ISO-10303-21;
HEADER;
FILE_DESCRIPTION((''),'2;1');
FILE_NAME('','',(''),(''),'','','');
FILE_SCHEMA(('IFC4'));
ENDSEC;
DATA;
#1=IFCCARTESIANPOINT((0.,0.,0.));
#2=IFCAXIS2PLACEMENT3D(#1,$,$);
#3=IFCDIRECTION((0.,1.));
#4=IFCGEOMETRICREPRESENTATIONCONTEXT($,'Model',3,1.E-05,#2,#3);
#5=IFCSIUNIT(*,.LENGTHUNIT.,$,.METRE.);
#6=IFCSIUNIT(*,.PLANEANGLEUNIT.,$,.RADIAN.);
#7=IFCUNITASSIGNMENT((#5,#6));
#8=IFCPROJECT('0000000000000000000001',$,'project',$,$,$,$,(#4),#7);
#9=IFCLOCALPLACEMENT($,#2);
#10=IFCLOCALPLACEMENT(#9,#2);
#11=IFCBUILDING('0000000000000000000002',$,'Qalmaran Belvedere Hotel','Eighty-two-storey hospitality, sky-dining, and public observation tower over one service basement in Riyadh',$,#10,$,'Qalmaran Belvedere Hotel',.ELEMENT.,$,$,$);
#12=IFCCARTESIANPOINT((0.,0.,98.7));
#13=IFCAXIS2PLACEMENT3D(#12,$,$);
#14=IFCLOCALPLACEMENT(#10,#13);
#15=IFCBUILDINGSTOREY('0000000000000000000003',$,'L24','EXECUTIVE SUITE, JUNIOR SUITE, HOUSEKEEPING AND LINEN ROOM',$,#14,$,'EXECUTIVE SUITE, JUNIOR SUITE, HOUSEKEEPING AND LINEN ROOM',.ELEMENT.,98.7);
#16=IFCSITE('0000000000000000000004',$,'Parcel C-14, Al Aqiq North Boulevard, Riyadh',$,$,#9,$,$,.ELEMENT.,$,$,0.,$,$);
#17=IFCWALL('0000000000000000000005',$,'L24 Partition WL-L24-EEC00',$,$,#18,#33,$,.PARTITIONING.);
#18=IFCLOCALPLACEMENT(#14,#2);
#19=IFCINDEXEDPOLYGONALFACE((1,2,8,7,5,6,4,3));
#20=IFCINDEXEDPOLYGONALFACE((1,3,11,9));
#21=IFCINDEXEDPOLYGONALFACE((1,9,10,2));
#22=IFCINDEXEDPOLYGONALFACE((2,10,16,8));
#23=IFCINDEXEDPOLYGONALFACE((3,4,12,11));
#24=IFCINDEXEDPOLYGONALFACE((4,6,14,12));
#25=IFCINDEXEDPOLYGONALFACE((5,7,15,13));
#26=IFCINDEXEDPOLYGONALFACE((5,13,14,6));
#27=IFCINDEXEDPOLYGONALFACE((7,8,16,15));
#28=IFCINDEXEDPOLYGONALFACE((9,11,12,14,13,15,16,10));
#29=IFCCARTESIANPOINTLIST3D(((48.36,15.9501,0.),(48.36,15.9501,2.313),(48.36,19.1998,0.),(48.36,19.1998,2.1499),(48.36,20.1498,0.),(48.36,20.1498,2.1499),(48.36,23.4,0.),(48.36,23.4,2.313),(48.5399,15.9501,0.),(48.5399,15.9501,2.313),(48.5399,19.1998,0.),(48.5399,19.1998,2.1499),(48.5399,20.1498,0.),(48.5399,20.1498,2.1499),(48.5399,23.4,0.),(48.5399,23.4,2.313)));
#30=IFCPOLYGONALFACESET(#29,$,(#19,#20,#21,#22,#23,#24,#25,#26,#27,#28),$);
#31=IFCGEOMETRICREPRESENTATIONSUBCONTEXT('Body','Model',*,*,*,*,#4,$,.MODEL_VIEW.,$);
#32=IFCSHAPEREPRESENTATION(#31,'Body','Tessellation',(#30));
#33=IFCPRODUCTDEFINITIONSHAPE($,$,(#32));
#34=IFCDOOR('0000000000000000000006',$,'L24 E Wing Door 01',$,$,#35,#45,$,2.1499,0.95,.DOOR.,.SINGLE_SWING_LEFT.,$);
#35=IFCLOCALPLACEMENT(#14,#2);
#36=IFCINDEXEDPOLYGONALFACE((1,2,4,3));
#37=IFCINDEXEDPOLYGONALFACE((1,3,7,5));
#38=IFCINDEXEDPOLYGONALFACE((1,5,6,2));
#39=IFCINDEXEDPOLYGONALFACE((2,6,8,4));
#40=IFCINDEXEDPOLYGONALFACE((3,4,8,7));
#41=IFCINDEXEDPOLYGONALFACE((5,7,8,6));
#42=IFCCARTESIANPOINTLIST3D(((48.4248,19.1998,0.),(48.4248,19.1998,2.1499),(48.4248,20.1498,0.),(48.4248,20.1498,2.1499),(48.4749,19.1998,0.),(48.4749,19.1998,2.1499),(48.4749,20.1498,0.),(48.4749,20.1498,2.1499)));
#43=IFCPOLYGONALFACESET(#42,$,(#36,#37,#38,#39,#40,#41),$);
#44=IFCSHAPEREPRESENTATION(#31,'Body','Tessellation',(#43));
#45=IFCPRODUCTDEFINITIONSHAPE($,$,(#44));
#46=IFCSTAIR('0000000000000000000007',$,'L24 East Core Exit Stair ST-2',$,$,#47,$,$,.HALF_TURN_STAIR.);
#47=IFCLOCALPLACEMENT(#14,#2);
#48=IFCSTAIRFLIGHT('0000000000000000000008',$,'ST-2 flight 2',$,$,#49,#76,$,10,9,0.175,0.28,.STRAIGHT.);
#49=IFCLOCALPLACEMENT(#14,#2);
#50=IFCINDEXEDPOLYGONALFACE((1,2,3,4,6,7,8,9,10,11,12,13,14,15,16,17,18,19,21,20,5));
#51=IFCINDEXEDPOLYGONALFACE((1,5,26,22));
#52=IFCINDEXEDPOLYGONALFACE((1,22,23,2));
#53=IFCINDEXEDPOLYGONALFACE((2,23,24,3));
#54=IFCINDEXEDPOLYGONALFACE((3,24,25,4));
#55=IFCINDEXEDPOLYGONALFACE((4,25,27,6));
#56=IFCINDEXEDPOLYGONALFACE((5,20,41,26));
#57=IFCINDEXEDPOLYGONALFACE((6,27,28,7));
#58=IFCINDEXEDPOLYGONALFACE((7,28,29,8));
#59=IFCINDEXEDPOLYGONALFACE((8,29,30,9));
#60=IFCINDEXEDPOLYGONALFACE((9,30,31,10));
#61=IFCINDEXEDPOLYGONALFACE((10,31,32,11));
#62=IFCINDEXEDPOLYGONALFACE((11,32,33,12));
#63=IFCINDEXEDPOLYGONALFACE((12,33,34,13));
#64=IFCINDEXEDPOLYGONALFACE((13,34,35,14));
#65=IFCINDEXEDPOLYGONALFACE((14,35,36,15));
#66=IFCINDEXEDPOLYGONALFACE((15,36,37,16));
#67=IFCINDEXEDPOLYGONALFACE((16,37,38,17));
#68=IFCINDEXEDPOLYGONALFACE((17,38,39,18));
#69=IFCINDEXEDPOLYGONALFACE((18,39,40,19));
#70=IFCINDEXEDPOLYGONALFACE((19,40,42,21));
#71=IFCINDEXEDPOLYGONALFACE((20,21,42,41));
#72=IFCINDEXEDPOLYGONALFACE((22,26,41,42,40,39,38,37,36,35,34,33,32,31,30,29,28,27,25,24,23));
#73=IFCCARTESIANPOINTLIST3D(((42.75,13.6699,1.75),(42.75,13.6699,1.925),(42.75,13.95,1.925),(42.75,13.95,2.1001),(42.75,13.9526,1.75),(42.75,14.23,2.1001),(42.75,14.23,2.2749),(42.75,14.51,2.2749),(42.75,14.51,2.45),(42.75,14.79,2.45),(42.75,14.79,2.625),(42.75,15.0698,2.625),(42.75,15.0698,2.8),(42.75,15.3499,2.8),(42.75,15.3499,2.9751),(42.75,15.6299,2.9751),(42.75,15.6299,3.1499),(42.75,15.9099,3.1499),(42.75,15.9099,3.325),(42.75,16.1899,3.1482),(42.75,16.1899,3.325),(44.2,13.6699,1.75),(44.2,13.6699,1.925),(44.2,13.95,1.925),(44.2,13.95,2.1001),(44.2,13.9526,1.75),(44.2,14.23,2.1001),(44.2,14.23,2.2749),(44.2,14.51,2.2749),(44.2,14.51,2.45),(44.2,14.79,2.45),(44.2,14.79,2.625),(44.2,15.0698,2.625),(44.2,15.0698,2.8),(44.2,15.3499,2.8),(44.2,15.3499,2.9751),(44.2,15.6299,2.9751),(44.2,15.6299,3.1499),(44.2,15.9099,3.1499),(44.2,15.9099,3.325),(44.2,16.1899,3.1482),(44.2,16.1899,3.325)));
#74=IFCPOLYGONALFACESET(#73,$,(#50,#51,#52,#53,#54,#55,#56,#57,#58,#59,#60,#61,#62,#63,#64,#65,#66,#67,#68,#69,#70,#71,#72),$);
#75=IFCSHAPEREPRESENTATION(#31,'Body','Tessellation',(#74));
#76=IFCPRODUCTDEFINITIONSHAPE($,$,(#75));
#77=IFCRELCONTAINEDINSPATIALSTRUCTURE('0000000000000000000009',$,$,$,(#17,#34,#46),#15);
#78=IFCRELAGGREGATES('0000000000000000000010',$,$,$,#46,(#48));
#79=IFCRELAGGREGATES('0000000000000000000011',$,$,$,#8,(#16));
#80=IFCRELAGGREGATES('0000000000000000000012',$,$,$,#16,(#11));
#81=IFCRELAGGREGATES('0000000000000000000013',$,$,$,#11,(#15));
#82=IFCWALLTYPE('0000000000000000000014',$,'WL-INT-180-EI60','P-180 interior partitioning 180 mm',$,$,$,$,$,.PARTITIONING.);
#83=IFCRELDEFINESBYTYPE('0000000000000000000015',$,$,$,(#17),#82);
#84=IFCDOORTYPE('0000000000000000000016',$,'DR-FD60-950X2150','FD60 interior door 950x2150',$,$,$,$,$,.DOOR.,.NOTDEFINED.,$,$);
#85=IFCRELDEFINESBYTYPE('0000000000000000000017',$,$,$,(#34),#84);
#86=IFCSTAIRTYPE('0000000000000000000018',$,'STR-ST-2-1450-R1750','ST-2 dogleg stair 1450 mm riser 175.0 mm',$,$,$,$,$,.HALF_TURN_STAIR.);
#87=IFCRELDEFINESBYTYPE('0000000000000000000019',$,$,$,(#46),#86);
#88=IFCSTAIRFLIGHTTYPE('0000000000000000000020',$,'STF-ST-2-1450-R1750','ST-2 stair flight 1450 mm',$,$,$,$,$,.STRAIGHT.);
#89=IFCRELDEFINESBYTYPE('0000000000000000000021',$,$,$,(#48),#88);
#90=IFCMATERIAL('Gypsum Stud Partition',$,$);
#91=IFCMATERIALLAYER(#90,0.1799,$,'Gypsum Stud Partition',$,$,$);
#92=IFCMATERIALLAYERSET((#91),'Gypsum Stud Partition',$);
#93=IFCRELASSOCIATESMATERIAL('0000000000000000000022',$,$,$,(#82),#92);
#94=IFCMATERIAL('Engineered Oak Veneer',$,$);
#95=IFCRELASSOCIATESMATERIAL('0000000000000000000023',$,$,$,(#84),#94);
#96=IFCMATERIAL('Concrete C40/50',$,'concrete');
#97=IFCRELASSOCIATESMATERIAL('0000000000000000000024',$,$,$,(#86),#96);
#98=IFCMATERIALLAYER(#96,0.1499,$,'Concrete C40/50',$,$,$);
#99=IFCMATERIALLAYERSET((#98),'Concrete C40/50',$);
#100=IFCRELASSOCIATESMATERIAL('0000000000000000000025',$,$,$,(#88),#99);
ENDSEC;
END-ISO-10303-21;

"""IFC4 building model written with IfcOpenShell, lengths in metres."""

from ifc_helpers import new_model, si_unit, direction, frame, frame_2d, origin, place, context, subcontext, project, spatial, polyline, rectangle, outline, extrude, material, layer, layer_set, type_object, element, fill, aggregate, save


model = new_model("IFC4")

# Units and contexts
model_context = context("Model", 3, precision=1e-05, world=origin(), true_north=direction((0.0, 1.0)))
body_context = subcontext(model_context, "Body", "Model", "MODEL_VIEW")
ifc_project = project(units=[si_unit("LENGTHUNIT", "METRE"), si_unit("PLANEANGLEUNIT", "RADIAN")], contexts=[model_context])

# Site, building, storey
site_placement = place(None, origin())
site = spatial("IfcSite", under=ifc_project, at=site_placement, Name="Parcel C-14, Al Aqiq North Boulevard, Riyadh", CompositionType="ELEMENT", RefElevation=0.0)
building_placement = place(site_placement, origin())
building = spatial("IfcBuilding", under=site, at=building_placement, Name="Qalmaran Belvedere Hotel", Description="Eighty-two-storey hospitality, sky-dining, and public observation tower over one service basement in Riyadh", LongName="Qalmaran Belvedere Hotel", CompositionType="ELEMENT")
storey_placement = place(building_placement, frame((0.0, 0.0, 98.7)))
storey = spatial("IfcBuildingStorey", under=building, at=storey_placement, Name="L24", Description="EXECUTIVE SUITE, JUNIOR SUITE, HOUSEKEEPING AND LINEN ROOM", LongName="EXECUTIVE SUITE, JUNIOR SUITE, HOUSEKEEPING AND LINEN ROOM", CompositionType="ELEMENT", Elevation=98.7)

# Shared definitions
ifc_material_1 = material(Name="Engineered Oak Veneer")

# Shared definitions
ifc_material_2 = material(Name="Gypsum Stud Partition")

# Shared definitions
ifc_layer_1 = layer(ifc_material_2, 0.1799, Name="Gypsum Stud Partition")
ifc_layer_set_1 = layer_set([ifc_layer_1], Name="Gypsum Stud Partition")
wall_type_1 = type_object("IfcWallType", Name="WL-INT-180-EI60", Description="P-180 interior partitioning 180 mm", PredefinedType="PARTITIONING", material=ifc_layer_set_1)

# Wall, opening, door
wall_1_placement = place(storey_placement, frame((48.45, 15.95, 0.0), z_axis=(0.0, 0.0, 1.0), x_axis=(0.0, 1.0, 0.0)))
wall_1 = element("IfcWall", 1, at=wall_1_placement, inside=storey, type_object=wall_type_1, Name="L24 Partition WL-L24-EEC00", PredefinedType="PARTITIONING", context=body_context, shape_type="SweptSolid", body=[
    extrude(rectangle(XDim=7.45, YDim=0.1799, at=frame_2d((3.7251, 0.0))), origin(), (0.0, 0.0, 1.0), 2.313),
])
opening_1_placement = place(wall_1_placement, frame((4.2, 0.0, 0.0), z_axis=(0.0, 0.0, 1.0), x_axis=(-1.0, 0.0, 0.0)))
opening_1 = element("IfcOpeningElement", 2, at=opening_1_placement, cuts=wall_1, PredefinedType="OPENING", context=body_context, shape_type="SweptSolid", body=[
    extrude(rectangle(XDim=0.95, YDim=2.1499, at=frame_2d((0.4751, 1.075))), frame((0.0, 0.1001, 0.0), z_axis=(0.0, -1.0, 0.0), x_axis=(1.0, 0.0, 0.0)), (0.0, 0.0, 1.0), 0.2),
])
door_type_1 = type_object("IfcDoorType", Name="DR-FD60-950X2150", Description="FD60 interior door 950x2150", OperationType="NOTDEFINED", PredefinedType="DOOR", material=ifc_material_1)
door_1_placement = place(opening_1_placement, origin())
door_1 = element("IfcDoor", 3, at=door_1_placement, inside=storey, type_object=door_type_1, Name="L24 E Wing Door 01", OperationType="SINGLE_SWING_LEFT", OverallHeight=2.1499, OverallWidth=0.95, PredefinedType="DOOR", context=body_context, shape_type="SweptSolid", body=[
    extrude(rectangle(XDim=0.95, YDim=2.1499, at=frame_2d((0.4751, 1.075))), frame((0.0, 0.0249, 0.0), z_axis=(0.0, -1.0, 0.0), x_axis=(1.0, 0.0, 0.0)), (0.0, 0.0, 1.0), 0.05),
])
fill(opening_1, door_1)

# Stair, stair flight
ifc_material_3 = material(Name="Concrete C40/50", Category="concrete")
stair_type = type_object("IfcStairType", Name="STR-ST-2-1450-R1750", Description="ST-2 dogleg stair 1450 mm riser 175.0 mm", PredefinedType="HALF_TURN_STAIR", material=ifc_material_3)
stair_placement = place(storey_placement, origin())
stair = element("IfcStair", 4, at=stair_placement, inside=storey, type_object=stair_type, Name="L24 East Core Exit Stair ST-2", PredefinedType="HALF_TURN_STAIR")
ifc_layer_2 = layer(ifc_material_3, 0.1499, Name="Concrete C40/50")
ifc_layer_set_2 = layer_set([ifc_layer_2], Name="Concrete C40/50")
stair_flight_type = type_object("IfcStairFlightType", Name="STF-ST-2-1450-R1750", Description="ST-2 stair flight 1450 mm", PredefinedType="STRAIGHT", material=ifc_layer_set_2)
stair_flight_placement = place(storey_placement, frame((43.4751, 13.6699, 1.75), z_axis=(0.0, 0.0, 1.0), x_axis=(0.0, 1.0, 0.0)))
stair_flight = element("IfcStairFlight", 5, at=stair_flight_placement, type_object=stair_flight_type, Name="ST-2 flight 2", NumberOfRisers=10, NumberOfTreads=9, PredefinedType="STRAIGHT", RiserHeight=0.175, TreadLength=0.28, context=body_context, shape_type="SweptSolid", body=[
    extrude(outline(polyline([(0.0, 0.0), (0.0, 0.175), (0.28, 0.175), (0.28, 0.3501), (0.5601, 0.3501), (0.5601, 0.5249), (0.8401, 0.5249), (0.8401, 0.7), (1.1201, 0.7), (1.1201, 0.875), (1.3999, 0.875), (1.3999, 1.05), (1.6799, 1.05), (1.6799, 1.2251), (1.96, 1.2251), (1.96, 1.3999), (2.24, 1.3999), (2.24, 1.575), (2.52, 1.575), (2.52, 1.75), (2.52, 1.3982), (0.2827, 0.0), (0.0, 0.0)])), frame((0.0, 0.7251, 0.0), z_axis=(0.0, -1.0, 0.0), x_axis=(1.0, 0.0, 0.0)), (0.0, 0.0, 1.0), 1.45),
])
aggregate(stair, [stair_flight])

save(model, "model.ifc")
